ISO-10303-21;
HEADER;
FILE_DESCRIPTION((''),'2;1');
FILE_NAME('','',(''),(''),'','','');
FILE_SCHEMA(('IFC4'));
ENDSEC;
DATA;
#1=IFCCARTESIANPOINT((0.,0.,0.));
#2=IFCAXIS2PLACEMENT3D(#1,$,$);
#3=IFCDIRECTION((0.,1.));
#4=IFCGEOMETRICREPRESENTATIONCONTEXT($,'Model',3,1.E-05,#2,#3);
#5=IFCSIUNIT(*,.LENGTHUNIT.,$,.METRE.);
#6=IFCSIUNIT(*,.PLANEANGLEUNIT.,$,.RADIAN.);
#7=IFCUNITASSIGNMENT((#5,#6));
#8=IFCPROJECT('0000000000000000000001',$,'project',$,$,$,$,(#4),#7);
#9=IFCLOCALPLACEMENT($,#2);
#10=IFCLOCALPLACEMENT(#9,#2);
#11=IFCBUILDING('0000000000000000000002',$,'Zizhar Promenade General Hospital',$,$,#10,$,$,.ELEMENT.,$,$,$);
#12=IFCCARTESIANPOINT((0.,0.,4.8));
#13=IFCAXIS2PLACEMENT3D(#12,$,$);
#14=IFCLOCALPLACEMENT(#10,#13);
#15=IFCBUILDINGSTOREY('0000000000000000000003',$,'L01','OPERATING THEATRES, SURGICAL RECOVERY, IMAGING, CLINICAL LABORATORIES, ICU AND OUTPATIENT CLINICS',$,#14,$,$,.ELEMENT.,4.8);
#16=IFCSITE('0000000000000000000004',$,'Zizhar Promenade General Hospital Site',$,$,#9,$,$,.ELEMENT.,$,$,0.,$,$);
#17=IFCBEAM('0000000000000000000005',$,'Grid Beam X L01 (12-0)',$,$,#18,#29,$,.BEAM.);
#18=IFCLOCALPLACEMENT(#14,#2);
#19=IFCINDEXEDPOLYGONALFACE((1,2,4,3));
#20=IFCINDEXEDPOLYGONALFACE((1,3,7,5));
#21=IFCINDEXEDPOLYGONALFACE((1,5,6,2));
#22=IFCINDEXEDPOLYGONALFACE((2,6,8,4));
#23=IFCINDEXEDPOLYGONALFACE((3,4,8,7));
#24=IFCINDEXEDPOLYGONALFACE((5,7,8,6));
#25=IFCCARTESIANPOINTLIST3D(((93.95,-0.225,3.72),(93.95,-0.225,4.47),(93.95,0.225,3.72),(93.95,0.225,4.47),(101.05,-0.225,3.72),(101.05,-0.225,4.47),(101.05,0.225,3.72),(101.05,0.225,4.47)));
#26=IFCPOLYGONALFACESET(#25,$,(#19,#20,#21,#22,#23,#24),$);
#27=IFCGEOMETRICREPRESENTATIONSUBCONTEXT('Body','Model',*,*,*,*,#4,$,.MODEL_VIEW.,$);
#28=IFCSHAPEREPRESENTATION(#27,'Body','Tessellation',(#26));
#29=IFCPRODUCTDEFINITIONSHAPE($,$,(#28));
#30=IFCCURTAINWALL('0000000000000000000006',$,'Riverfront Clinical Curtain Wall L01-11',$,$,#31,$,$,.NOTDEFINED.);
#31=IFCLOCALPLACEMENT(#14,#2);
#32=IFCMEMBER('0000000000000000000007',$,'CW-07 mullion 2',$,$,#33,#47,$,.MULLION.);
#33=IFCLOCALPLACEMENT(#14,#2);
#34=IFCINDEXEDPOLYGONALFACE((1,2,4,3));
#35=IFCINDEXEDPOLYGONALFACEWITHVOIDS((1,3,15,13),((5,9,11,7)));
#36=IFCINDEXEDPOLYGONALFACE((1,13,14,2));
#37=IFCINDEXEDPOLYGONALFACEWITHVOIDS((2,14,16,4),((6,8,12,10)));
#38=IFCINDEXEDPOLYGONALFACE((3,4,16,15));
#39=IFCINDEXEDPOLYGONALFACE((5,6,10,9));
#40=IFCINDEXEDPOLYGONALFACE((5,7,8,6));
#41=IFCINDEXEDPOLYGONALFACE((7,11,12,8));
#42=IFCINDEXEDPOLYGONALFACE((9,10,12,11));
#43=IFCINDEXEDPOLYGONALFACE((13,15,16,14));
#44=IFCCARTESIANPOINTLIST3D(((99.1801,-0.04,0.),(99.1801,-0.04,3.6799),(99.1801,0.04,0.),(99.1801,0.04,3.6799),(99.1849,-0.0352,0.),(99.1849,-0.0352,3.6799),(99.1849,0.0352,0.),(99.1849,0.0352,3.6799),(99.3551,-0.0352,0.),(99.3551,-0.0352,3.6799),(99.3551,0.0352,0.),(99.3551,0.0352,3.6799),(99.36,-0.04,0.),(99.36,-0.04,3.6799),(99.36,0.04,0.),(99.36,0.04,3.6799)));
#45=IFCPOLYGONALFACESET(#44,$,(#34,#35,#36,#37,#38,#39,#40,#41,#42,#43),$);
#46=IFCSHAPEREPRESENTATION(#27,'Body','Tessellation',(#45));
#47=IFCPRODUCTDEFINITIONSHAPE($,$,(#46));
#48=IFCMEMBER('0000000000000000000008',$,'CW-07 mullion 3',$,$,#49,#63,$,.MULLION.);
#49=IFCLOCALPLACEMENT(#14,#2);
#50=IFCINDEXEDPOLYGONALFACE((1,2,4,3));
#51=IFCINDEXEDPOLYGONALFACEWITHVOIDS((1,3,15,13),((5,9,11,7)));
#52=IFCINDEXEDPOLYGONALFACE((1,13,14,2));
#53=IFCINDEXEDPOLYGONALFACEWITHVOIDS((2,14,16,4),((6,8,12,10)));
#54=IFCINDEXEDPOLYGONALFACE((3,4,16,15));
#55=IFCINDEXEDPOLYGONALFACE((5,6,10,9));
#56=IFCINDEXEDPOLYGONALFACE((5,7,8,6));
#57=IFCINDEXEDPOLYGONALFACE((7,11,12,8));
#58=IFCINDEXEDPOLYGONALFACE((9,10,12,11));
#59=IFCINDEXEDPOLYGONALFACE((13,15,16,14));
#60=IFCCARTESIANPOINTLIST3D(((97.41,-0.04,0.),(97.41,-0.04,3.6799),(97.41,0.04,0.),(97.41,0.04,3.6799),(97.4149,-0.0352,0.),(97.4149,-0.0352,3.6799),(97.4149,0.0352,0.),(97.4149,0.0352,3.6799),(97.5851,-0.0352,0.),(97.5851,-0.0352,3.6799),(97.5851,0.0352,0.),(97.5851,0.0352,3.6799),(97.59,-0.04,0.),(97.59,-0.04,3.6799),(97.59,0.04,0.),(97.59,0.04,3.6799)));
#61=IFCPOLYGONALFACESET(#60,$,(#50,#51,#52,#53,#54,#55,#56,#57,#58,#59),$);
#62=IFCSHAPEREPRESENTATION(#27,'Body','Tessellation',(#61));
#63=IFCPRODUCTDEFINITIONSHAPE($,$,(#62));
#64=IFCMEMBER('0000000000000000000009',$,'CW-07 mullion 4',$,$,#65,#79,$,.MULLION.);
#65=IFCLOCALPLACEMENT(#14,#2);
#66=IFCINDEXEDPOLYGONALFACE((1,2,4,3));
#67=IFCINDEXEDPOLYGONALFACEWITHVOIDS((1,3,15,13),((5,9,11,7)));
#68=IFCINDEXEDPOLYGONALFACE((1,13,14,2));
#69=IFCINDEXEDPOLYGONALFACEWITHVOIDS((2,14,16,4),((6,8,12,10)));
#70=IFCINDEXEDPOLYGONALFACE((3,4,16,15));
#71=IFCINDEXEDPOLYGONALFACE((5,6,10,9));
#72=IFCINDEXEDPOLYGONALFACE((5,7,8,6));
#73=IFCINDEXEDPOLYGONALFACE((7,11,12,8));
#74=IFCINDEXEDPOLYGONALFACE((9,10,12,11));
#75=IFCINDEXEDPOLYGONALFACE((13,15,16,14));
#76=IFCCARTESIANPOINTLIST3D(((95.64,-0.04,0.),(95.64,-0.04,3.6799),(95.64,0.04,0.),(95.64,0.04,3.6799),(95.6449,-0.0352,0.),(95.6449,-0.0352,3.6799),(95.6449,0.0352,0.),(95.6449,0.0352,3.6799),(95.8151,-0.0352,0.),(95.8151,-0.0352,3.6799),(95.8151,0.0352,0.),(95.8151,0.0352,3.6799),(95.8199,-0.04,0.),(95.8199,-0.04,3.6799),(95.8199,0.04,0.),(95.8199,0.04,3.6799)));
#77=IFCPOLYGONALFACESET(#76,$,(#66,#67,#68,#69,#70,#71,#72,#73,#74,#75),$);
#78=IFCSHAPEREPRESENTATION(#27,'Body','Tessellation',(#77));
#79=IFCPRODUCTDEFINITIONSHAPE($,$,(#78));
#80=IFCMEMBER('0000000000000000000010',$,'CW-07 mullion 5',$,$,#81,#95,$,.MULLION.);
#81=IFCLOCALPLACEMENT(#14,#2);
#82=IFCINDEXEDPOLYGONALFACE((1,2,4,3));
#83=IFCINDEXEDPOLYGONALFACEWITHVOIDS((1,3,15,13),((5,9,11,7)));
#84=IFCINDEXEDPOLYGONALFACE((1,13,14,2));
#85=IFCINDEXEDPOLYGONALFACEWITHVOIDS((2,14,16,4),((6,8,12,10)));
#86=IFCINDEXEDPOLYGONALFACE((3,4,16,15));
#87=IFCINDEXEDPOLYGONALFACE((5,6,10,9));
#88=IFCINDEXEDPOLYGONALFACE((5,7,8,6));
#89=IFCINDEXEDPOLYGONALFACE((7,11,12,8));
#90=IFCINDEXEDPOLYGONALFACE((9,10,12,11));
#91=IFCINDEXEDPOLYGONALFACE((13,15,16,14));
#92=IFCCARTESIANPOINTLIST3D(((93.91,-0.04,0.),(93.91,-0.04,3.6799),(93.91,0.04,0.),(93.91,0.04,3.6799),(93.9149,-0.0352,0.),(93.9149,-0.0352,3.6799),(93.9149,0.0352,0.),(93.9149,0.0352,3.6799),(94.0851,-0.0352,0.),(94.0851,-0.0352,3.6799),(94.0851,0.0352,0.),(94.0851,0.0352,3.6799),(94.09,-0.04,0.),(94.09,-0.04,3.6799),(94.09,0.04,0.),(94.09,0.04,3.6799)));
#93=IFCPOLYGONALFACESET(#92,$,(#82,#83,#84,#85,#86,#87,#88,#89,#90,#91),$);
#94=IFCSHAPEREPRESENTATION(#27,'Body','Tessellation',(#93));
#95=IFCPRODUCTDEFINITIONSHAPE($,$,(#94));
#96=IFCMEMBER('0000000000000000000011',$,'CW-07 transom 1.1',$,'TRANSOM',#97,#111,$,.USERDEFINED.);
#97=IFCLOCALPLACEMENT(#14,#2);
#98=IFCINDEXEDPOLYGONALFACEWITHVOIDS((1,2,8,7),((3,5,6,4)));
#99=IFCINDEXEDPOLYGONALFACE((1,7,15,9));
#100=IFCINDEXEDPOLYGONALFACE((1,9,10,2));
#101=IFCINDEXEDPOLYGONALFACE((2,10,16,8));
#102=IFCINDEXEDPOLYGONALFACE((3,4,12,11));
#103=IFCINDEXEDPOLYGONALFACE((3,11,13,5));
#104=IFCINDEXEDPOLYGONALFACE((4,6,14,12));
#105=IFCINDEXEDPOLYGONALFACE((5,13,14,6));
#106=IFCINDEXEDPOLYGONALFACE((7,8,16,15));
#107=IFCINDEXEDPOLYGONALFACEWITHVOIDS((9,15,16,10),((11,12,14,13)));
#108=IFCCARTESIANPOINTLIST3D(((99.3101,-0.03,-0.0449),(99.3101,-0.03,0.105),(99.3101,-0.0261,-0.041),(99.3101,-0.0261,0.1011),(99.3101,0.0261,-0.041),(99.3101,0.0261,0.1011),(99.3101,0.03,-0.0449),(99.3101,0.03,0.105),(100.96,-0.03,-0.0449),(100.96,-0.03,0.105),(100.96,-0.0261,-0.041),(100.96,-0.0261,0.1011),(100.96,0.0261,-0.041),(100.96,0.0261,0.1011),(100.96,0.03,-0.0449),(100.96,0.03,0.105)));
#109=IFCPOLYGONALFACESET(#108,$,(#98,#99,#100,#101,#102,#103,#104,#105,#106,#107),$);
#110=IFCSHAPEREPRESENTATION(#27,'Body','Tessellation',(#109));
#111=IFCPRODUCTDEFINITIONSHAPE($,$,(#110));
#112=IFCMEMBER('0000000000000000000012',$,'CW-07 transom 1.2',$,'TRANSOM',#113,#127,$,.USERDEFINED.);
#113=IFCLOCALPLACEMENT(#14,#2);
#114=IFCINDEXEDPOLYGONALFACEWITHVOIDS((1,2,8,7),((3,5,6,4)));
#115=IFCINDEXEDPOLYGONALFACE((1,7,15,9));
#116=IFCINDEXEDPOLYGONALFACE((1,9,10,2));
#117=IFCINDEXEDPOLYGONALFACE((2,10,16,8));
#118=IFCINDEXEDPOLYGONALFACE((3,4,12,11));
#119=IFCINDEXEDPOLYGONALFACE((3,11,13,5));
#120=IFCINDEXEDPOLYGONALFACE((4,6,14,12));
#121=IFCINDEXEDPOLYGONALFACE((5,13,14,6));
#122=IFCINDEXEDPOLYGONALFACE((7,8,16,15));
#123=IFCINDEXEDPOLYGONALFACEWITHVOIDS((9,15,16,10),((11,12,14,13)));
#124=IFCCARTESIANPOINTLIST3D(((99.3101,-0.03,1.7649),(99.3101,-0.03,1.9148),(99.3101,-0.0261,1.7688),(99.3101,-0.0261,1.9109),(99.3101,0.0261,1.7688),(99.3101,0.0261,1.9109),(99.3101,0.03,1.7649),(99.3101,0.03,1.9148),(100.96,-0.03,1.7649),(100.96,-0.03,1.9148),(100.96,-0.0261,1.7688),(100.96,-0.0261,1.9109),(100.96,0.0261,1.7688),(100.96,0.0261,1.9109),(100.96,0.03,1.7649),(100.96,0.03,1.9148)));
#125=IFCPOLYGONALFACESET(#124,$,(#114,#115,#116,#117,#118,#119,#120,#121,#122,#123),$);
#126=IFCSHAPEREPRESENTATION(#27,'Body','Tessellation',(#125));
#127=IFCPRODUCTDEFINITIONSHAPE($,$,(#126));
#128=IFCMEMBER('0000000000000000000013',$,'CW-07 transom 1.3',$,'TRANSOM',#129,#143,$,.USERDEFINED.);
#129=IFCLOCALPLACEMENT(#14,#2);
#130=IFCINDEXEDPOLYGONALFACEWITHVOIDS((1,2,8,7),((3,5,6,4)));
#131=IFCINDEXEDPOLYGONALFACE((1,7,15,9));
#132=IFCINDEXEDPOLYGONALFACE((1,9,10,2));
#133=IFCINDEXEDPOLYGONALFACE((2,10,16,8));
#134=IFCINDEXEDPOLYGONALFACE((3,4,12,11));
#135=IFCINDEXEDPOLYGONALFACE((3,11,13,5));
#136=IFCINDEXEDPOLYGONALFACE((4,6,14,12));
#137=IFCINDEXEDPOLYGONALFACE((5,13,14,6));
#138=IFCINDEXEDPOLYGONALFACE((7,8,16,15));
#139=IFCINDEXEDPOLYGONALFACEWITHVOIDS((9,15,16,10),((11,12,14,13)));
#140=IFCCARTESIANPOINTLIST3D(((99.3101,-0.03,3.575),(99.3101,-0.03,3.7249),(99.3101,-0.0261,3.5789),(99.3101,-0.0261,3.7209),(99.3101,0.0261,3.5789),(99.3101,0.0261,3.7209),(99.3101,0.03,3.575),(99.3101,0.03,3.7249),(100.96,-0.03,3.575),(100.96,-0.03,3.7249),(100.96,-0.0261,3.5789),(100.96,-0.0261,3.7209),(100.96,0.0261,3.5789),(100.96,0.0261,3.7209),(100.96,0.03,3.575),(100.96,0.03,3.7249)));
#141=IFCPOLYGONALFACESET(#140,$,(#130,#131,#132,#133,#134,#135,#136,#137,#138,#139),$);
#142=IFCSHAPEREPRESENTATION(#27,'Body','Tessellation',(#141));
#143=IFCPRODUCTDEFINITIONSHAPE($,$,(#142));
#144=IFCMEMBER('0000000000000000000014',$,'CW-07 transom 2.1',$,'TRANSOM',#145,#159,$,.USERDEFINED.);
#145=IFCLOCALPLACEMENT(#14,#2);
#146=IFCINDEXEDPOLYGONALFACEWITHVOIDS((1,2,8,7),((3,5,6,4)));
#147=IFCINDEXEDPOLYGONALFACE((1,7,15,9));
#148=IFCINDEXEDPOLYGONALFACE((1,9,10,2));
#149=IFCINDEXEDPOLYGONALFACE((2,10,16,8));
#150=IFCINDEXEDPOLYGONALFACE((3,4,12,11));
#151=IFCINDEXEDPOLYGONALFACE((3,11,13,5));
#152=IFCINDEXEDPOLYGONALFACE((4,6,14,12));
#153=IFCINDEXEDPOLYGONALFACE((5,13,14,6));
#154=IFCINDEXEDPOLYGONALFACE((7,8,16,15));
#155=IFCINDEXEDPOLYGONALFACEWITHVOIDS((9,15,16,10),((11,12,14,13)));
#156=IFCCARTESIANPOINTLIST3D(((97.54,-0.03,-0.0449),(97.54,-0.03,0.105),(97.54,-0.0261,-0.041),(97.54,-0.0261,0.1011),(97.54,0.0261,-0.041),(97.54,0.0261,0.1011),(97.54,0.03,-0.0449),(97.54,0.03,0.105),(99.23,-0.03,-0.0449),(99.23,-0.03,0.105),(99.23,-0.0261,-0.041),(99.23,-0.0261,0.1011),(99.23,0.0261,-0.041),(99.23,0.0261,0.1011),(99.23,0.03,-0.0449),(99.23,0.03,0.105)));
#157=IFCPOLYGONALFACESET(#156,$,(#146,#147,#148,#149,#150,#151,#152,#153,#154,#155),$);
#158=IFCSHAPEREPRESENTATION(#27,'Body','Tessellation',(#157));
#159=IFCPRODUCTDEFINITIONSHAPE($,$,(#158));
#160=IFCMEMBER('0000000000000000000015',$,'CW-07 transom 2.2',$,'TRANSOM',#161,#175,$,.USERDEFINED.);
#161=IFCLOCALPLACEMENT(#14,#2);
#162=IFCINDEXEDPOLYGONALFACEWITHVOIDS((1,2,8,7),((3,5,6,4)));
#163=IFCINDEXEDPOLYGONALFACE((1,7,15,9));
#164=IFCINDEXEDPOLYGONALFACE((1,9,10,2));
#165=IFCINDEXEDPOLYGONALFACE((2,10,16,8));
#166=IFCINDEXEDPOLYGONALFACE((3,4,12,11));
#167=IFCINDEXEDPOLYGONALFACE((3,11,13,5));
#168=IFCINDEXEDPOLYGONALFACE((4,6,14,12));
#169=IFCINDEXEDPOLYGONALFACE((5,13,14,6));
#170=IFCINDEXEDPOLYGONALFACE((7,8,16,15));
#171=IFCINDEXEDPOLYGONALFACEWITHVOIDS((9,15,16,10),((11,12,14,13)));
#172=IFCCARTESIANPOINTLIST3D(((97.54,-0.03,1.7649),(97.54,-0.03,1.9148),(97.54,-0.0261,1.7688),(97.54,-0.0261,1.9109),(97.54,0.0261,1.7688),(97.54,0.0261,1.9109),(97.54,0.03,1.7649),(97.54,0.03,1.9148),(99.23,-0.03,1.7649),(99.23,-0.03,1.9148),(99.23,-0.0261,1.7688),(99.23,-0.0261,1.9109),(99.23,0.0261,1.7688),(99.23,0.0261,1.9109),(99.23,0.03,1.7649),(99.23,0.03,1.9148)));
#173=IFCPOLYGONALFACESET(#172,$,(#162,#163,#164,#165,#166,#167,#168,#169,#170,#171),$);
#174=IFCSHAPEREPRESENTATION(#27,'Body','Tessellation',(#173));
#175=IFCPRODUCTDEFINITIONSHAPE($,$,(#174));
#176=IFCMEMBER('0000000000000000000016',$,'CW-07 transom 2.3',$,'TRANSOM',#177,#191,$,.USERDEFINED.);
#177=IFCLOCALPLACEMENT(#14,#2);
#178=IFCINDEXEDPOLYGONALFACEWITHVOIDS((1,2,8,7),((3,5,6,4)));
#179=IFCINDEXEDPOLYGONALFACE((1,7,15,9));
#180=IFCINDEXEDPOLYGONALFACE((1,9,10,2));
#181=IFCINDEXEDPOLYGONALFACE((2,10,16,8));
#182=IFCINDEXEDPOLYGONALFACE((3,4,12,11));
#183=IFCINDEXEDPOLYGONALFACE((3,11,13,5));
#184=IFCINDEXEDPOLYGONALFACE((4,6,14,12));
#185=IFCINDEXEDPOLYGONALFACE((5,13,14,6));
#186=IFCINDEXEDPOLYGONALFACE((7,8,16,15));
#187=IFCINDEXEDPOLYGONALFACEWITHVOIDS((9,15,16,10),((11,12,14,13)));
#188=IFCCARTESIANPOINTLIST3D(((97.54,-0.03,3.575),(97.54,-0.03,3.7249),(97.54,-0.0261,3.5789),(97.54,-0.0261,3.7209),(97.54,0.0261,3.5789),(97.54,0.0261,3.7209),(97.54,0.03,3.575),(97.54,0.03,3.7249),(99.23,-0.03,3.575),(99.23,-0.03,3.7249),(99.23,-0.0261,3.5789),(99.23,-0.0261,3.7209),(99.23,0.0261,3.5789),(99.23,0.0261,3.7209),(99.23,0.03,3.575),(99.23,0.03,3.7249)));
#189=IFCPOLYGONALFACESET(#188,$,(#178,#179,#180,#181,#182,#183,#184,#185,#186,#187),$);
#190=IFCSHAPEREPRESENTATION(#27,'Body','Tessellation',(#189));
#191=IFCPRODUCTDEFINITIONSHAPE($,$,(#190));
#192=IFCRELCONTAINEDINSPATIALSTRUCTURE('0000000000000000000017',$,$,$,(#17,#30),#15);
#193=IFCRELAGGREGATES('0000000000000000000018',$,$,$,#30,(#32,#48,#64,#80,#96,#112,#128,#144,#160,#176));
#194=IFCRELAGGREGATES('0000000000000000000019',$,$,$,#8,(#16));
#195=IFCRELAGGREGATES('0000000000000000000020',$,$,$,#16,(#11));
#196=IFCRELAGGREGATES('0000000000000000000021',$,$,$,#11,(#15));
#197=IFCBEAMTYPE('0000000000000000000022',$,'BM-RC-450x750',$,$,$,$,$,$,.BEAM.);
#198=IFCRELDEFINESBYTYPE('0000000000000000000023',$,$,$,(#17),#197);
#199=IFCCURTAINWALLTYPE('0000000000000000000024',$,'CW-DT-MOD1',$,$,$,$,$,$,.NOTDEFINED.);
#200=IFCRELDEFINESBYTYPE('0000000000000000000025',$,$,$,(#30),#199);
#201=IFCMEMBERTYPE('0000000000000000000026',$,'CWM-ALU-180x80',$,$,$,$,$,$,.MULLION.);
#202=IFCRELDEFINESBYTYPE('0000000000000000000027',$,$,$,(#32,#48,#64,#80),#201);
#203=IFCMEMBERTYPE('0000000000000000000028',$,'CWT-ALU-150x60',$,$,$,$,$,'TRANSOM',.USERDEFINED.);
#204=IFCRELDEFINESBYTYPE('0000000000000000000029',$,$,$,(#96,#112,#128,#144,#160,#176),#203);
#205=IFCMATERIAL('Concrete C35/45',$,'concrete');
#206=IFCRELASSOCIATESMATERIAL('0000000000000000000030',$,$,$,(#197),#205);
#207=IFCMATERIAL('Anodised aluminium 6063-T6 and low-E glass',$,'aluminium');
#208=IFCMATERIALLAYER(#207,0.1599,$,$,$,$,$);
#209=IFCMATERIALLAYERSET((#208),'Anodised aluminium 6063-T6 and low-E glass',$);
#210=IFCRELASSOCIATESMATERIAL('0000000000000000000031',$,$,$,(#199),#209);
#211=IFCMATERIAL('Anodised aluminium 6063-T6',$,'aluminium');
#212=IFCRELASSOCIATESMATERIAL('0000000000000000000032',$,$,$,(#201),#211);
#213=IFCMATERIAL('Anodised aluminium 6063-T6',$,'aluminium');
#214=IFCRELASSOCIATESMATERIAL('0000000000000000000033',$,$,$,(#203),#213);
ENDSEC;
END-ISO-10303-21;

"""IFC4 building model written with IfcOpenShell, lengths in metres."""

from ifc_helpers import new_model, si_unit, direction, frame, origin, origin_2d, place, context, subcontext, project, spatial, rectangle, hollow_rectangle, extrude, material, layer, layer_set, material_profile, profile_set, type_object, element, aggregate, save


model = new_model("IFC4")

# Units and contexts
model_context = context("Model", 3, precision=1e-05, world=origin(), true_north=direction((0.0, 1.0)))
body_context = subcontext(model_context, "Body", "Model", "MODEL_VIEW")
ifc_project = project(units=[si_unit("LENGTHUNIT", "METRE"), si_unit("PLANEANGLEUNIT", "RADIAN")], contexts=[model_context])

# Site, building, storey
site_placement = place(None, origin())
site = spatial("IfcSite", under=ifc_project, at=site_placement, Name="Zizhar Promenade General Hospital Site", CompositionType="ELEMENT", RefElevation=0.0)
building_placement = place(site_placement, origin())
building = spatial("IfcBuilding", under=site, at=building_placement, Name="Zizhar Promenade General Hospital", CompositionType="ELEMENT")
storey_placement = place(building_placement, frame((0.0, 0.0, 4.8)))
storey = spatial("IfcBuildingStorey", under=building, at=storey_placement, Name="L01", Description="OPERATING THEATRES, SURGICAL RECOVERY, IMAGING, CLINICAL LABORATORIES, ICU AND OUTPATIENT CLINICS", CompositionType="ELEMENT", Elevation=4.8)

# Beam
ifc_material_1 = material(Name="Concrete C35/45", Category="concrete")
ifc_material_profile_1 = material_profile(ifc_material_1, rectangle(XDim=0.45, YDim=0.75, at=origin_2d()))
ifc_profile_set_1 = profile_set([ifc_material_profile_1], Name="Concrete C35/45")
beam_type = type_object("IfcBeamType", Name="BM-RC-450x750", PredefinedType="BEAM", material=ifc_profile_set_1)
beam_placement = place(storey_placement, frame((93.95, 0.0, 4.095), z_axis=(1.0, 0.0, 0.0), x_axis=(0.0, 1.0, 0.0)))
element("IfcBeam", 1, at=beam_placement, inside=storey, type_object=beam_type, Name="Grid Beam X L01 (12-0)", PredefinedType="BEAM", context=body_context, shape_type="SweptSolid", body=[
    extrude(rectangle(XDim=0.45, YDim=0.75, at=origin_2d()), origin(), (0.0, 0.0, 1.0), 7.1001),
])

# Curtain wall, members
ifc_material_2 = material(Name="Anodised aluminium 6063-T6 and low-E glass", Category="aluminium")
ifc_layer_1 = layer(ifc_material_2, 0.1599)
ifc_layer_set_1 = layer_set([ifc_layer_1], Name="Anodised aluminium 6063-T6 and low-E glass")
curtain_wall_type = type_object("IfcCurtainWallType", Name="CW-DT-MOD1", PredefinedType="NOTDEFINED", material=ifc_layer_set_1)
curtain_wall_placement = place(storey_placement, origin())
curtain_wall = element("IfcCurtainWall", 2, at=curtain_wall_placement, inside=storey, type_object=curtain_wall_type, Name="Riverfront Clinical Curtain Wall L01-11", PredefinedType="NOTDEFINED")
ifc_material_3 = material(Name="Anodised aluminium 6063-T6", Category="aluminium")
ifc_material_profile_2 = material_profile(ifc_material_3, hollow_rectangle(XDim=0.0801, YDim=0.1799, WallThickness=0.0049, at=origin_2d()))
ifc_profile_set_2 = profile_set([ifc_material_profile_2], Name="Anodised aluminium 6063-T6")
member_type_1 = type_object("IfcMemberType", Name="CWM-ALU-180x80", PredefinedType="MULLION", material=ifc_profile_set_2)
member_1_placement = place(storey_placement, frame((99.27, 0.0, 0.0), z_axis=(0.0, 0.0, 1.0), x_axis=(0.0, -1.0, 0.0)))
member_1 = element("IfcMember", 3, at=member_1_placement, type_object=member_type_1, Name="CW-07 mullion 2", PredefinedType="MULLION", context=body_context, shape_type="SweptSolid", body=[
    extrude(hollow_rectangle(XDim=0.0801, YDim=0.1799, WallThickness=0.0049, at=origin_2d()), origin(), (0.0, 0.0, 1.0), 3.6799),
])
member_2_placement = place(storey_placement, frame((97.5, 0.0, 0.0), z_axis=(0.0, 0.0, 1.0), x_axis=(0.0, -1.0, 0.0)))
member_2 = element("IfcMember", 4, at=member_2_placement, type_object=member_type_1, Name="CW-07 mullion 3", PredefinedType="MULLION", context=body_context, shape_type="SweptSolid", body=[
    extrude(hollow_rectangle(XDim=0.0801, YDim=0.1799, WallThickness=0.0049, at=origin_2d()), origin(), (0.0, 0.0, 1.0), 3.6799),
])
member_3_placement = place(storey_placement, frame((95.73, 0.0, 0.0), z_axis=(0.0, 0.0, 1.0), x_axis=(0.0, -1.0, 0.0)))
member_3 = element("IfcMember", 5, at=member_3_placement, type_object=member_type_1, Name="CW-07 mullion 4", PredefinedType="MULLION", context=body_context, shape_type="SweptSolid", body=[
    extrude(hollow_rectangle(XDim=0.0801, YDim=0.1799, WallThickness=0.0049, at=origin_2d()), origin(), (0.0, 0.0, 1.0), 3.6799),
])
member_4_placement = place(storey_placement, frame((94.0, 0.0, 0.0), z_axis=(0.0, 0.0, 1.0), x_axis=(0.0, -1.0, 0.0)))
member_4 = element("IfcMember", 6, at=member_4_placement, type_object=member_type_1, Name="CW-07 mullion 5", PredefinedType="MULLION", context=body_context, shape_type="SweptSolid", body=[
    extrude(hollow_rectangle(XDim=0.0801, YDim=0.1799, WallThickness=0.0049, at=origin_2d()), origin(), (0.0, 0.0, 1.0), 3.6799),
])
ifc_material_4 = material(Name="Anodised aluminium 6063-T6", Category="aluminium")
ifc_material_profile_3 = material_profile(ifc_material_4, hollow_rectangle(XDim=0.0601, YDim=0.1499, WallThickness=0.0039, at=origin_2d()))
ifc_profile_set_3 = profile_set([ifc_material_profile_3], Name="Anodised aluminium 6063-T6")
member_type_2 = type_object("IfcMemberType", Name="CWT-ALU-150x60", ElementType="TRANSOM", PredefinedType="USERDEFINED", material=ifc_profile_set_3)
member_5_placement = place(storey_placement, frame((100.96, 0.0, 0.03), z_axis=(-1.0, 0.0, 0.0), x_axis=(0.0, -1.0, 0.0)))
member_5 = element("IfcMember", 7, at=member_5_placement, type_object=member_type_2, Name="CW-07 transom 1.1", ObjectType="TRANSOM", PredefinedType="USERDEFINED", context=body_context, shape_type="SweptSolid", body=[
    extrude(hollow_rectangle(XDim=0.0601, YDim=0.1499, WallThickness=0.0039, at=origin_2d()), origin(), (0.0, 0.0, 1.0), 1.6499),
])
member_6_placement = place(storey_placement, frame((100.96, 0.0, 1.8398), z_axis=(-1.0, 0.0, 0.0), x_axis=(0.0, -1.0, 0.0)))
member_6 = element("IfcMember", 8, at=member_6_placement, type_object=member_type_2, Name="CW-07 transom 1.2", ObjectType="TRANSOM", PredefinedType="USERDEFINED", context=body_context, shape_type="SweptSolid", body=[
    extrude(hollow_rectangle(XDim=0.0601, YDim=0.1499, WallThickness=0.0039, at=origin_2d()), origin(), (0.0, 0.0, 1.0), 1.6499),
])
member_7_placement = place(storey_placement, frame((100.96, 0.0, 3.6499), z_axis=(-1.0, 0.0, 0.0), x_axis=(0.0, -1.0, 0.0)))
member_7 = element("IfcMember", 9, at=member_7_placement, type_object=member_type_2, Name="CW-07 transom 1.3", ObjectType="TRANSOM", PredefinedType="USERDEFINED", context=body_context, shape_type="SweptSolid", body=[
    extrude(hollow_rectangle(XDim=0.0601, YDim=0.1499, WallThickness=0.0039, at=origin_2d()), origin(), (0.0, 0.0, 1.0), 1.6499),
])
member_8_placement = place(storey_placement, frame((99.23, 0.0, 0.03), z_axis=(-1.0, 0.0, 0.0), x_axis=(0.0, -1.0, 0.0)))
member_8 = element("IfcMember", 10, at=member_8_placement, type_object=member_type_2, Name="CW-07 transom 2.1", ObjectType="TRANSOM", PredefinedType="USERDEFINED", context=body_context, shape_type="SweptSolid", body=[
    extrude(hollow_rectangle(XDim=0.0601, YDim=0.1499, WallThickness=0.0039, at=origin_2d()), origin(), (0.0, 0.0, 1.0), 1.6899),
])
member_9_placement = place(storey_placement, frame((99.23, 0.0, 1.8398), z_axis=(-1.0, 0.0, 0.0), x_axis=(0.0, -1.0, 0.0)))
member_9 = element("IfcMember", 11, at=member_9_placement, type_object=member_type_2, Name="CW-07 transom 2.2", ObjectType="TRANSOM", PredefinedType="USERDEFINED", context=body_context, shape_type="SweptSolid", body=[
    extrude(hollow_rectangle(XDim=0.0601, YDim=0.1499, WallThickness=0.0039, at=origin_2d()), origin(), (0.0, 0.0, 1.0), 1.6899),
])
member_10_placement = place(storey_placement, frame((99.23, 0.0, 3.6499), z_axis=(-1.0, 0.0, 0.0), x_axis=(0.0, -1.0, 0.0)))
member_10 = element("IfcMember", 12, at=member_10_placement, type_object=member_type_2, Name="CW-07 transom 2.3", ObjectType="TRANSOM", PredefinedType="USERDEFINED", context=body_context, shape_type="SweptSolid", body=[
    extrude(hollow_rectangle(XDim=0.0601, YDim=0.1499, WallThickness=0.0039, at=origin_2d()), origin(), (0.0, 0.0, 1.0), 1.6899),
])
aggregate(curtain_wall, [member_1, member_2, member_3, member_4, member_5, member_6, member_7, member_8, member_9, member_10])

save(model, "model.ifc")
